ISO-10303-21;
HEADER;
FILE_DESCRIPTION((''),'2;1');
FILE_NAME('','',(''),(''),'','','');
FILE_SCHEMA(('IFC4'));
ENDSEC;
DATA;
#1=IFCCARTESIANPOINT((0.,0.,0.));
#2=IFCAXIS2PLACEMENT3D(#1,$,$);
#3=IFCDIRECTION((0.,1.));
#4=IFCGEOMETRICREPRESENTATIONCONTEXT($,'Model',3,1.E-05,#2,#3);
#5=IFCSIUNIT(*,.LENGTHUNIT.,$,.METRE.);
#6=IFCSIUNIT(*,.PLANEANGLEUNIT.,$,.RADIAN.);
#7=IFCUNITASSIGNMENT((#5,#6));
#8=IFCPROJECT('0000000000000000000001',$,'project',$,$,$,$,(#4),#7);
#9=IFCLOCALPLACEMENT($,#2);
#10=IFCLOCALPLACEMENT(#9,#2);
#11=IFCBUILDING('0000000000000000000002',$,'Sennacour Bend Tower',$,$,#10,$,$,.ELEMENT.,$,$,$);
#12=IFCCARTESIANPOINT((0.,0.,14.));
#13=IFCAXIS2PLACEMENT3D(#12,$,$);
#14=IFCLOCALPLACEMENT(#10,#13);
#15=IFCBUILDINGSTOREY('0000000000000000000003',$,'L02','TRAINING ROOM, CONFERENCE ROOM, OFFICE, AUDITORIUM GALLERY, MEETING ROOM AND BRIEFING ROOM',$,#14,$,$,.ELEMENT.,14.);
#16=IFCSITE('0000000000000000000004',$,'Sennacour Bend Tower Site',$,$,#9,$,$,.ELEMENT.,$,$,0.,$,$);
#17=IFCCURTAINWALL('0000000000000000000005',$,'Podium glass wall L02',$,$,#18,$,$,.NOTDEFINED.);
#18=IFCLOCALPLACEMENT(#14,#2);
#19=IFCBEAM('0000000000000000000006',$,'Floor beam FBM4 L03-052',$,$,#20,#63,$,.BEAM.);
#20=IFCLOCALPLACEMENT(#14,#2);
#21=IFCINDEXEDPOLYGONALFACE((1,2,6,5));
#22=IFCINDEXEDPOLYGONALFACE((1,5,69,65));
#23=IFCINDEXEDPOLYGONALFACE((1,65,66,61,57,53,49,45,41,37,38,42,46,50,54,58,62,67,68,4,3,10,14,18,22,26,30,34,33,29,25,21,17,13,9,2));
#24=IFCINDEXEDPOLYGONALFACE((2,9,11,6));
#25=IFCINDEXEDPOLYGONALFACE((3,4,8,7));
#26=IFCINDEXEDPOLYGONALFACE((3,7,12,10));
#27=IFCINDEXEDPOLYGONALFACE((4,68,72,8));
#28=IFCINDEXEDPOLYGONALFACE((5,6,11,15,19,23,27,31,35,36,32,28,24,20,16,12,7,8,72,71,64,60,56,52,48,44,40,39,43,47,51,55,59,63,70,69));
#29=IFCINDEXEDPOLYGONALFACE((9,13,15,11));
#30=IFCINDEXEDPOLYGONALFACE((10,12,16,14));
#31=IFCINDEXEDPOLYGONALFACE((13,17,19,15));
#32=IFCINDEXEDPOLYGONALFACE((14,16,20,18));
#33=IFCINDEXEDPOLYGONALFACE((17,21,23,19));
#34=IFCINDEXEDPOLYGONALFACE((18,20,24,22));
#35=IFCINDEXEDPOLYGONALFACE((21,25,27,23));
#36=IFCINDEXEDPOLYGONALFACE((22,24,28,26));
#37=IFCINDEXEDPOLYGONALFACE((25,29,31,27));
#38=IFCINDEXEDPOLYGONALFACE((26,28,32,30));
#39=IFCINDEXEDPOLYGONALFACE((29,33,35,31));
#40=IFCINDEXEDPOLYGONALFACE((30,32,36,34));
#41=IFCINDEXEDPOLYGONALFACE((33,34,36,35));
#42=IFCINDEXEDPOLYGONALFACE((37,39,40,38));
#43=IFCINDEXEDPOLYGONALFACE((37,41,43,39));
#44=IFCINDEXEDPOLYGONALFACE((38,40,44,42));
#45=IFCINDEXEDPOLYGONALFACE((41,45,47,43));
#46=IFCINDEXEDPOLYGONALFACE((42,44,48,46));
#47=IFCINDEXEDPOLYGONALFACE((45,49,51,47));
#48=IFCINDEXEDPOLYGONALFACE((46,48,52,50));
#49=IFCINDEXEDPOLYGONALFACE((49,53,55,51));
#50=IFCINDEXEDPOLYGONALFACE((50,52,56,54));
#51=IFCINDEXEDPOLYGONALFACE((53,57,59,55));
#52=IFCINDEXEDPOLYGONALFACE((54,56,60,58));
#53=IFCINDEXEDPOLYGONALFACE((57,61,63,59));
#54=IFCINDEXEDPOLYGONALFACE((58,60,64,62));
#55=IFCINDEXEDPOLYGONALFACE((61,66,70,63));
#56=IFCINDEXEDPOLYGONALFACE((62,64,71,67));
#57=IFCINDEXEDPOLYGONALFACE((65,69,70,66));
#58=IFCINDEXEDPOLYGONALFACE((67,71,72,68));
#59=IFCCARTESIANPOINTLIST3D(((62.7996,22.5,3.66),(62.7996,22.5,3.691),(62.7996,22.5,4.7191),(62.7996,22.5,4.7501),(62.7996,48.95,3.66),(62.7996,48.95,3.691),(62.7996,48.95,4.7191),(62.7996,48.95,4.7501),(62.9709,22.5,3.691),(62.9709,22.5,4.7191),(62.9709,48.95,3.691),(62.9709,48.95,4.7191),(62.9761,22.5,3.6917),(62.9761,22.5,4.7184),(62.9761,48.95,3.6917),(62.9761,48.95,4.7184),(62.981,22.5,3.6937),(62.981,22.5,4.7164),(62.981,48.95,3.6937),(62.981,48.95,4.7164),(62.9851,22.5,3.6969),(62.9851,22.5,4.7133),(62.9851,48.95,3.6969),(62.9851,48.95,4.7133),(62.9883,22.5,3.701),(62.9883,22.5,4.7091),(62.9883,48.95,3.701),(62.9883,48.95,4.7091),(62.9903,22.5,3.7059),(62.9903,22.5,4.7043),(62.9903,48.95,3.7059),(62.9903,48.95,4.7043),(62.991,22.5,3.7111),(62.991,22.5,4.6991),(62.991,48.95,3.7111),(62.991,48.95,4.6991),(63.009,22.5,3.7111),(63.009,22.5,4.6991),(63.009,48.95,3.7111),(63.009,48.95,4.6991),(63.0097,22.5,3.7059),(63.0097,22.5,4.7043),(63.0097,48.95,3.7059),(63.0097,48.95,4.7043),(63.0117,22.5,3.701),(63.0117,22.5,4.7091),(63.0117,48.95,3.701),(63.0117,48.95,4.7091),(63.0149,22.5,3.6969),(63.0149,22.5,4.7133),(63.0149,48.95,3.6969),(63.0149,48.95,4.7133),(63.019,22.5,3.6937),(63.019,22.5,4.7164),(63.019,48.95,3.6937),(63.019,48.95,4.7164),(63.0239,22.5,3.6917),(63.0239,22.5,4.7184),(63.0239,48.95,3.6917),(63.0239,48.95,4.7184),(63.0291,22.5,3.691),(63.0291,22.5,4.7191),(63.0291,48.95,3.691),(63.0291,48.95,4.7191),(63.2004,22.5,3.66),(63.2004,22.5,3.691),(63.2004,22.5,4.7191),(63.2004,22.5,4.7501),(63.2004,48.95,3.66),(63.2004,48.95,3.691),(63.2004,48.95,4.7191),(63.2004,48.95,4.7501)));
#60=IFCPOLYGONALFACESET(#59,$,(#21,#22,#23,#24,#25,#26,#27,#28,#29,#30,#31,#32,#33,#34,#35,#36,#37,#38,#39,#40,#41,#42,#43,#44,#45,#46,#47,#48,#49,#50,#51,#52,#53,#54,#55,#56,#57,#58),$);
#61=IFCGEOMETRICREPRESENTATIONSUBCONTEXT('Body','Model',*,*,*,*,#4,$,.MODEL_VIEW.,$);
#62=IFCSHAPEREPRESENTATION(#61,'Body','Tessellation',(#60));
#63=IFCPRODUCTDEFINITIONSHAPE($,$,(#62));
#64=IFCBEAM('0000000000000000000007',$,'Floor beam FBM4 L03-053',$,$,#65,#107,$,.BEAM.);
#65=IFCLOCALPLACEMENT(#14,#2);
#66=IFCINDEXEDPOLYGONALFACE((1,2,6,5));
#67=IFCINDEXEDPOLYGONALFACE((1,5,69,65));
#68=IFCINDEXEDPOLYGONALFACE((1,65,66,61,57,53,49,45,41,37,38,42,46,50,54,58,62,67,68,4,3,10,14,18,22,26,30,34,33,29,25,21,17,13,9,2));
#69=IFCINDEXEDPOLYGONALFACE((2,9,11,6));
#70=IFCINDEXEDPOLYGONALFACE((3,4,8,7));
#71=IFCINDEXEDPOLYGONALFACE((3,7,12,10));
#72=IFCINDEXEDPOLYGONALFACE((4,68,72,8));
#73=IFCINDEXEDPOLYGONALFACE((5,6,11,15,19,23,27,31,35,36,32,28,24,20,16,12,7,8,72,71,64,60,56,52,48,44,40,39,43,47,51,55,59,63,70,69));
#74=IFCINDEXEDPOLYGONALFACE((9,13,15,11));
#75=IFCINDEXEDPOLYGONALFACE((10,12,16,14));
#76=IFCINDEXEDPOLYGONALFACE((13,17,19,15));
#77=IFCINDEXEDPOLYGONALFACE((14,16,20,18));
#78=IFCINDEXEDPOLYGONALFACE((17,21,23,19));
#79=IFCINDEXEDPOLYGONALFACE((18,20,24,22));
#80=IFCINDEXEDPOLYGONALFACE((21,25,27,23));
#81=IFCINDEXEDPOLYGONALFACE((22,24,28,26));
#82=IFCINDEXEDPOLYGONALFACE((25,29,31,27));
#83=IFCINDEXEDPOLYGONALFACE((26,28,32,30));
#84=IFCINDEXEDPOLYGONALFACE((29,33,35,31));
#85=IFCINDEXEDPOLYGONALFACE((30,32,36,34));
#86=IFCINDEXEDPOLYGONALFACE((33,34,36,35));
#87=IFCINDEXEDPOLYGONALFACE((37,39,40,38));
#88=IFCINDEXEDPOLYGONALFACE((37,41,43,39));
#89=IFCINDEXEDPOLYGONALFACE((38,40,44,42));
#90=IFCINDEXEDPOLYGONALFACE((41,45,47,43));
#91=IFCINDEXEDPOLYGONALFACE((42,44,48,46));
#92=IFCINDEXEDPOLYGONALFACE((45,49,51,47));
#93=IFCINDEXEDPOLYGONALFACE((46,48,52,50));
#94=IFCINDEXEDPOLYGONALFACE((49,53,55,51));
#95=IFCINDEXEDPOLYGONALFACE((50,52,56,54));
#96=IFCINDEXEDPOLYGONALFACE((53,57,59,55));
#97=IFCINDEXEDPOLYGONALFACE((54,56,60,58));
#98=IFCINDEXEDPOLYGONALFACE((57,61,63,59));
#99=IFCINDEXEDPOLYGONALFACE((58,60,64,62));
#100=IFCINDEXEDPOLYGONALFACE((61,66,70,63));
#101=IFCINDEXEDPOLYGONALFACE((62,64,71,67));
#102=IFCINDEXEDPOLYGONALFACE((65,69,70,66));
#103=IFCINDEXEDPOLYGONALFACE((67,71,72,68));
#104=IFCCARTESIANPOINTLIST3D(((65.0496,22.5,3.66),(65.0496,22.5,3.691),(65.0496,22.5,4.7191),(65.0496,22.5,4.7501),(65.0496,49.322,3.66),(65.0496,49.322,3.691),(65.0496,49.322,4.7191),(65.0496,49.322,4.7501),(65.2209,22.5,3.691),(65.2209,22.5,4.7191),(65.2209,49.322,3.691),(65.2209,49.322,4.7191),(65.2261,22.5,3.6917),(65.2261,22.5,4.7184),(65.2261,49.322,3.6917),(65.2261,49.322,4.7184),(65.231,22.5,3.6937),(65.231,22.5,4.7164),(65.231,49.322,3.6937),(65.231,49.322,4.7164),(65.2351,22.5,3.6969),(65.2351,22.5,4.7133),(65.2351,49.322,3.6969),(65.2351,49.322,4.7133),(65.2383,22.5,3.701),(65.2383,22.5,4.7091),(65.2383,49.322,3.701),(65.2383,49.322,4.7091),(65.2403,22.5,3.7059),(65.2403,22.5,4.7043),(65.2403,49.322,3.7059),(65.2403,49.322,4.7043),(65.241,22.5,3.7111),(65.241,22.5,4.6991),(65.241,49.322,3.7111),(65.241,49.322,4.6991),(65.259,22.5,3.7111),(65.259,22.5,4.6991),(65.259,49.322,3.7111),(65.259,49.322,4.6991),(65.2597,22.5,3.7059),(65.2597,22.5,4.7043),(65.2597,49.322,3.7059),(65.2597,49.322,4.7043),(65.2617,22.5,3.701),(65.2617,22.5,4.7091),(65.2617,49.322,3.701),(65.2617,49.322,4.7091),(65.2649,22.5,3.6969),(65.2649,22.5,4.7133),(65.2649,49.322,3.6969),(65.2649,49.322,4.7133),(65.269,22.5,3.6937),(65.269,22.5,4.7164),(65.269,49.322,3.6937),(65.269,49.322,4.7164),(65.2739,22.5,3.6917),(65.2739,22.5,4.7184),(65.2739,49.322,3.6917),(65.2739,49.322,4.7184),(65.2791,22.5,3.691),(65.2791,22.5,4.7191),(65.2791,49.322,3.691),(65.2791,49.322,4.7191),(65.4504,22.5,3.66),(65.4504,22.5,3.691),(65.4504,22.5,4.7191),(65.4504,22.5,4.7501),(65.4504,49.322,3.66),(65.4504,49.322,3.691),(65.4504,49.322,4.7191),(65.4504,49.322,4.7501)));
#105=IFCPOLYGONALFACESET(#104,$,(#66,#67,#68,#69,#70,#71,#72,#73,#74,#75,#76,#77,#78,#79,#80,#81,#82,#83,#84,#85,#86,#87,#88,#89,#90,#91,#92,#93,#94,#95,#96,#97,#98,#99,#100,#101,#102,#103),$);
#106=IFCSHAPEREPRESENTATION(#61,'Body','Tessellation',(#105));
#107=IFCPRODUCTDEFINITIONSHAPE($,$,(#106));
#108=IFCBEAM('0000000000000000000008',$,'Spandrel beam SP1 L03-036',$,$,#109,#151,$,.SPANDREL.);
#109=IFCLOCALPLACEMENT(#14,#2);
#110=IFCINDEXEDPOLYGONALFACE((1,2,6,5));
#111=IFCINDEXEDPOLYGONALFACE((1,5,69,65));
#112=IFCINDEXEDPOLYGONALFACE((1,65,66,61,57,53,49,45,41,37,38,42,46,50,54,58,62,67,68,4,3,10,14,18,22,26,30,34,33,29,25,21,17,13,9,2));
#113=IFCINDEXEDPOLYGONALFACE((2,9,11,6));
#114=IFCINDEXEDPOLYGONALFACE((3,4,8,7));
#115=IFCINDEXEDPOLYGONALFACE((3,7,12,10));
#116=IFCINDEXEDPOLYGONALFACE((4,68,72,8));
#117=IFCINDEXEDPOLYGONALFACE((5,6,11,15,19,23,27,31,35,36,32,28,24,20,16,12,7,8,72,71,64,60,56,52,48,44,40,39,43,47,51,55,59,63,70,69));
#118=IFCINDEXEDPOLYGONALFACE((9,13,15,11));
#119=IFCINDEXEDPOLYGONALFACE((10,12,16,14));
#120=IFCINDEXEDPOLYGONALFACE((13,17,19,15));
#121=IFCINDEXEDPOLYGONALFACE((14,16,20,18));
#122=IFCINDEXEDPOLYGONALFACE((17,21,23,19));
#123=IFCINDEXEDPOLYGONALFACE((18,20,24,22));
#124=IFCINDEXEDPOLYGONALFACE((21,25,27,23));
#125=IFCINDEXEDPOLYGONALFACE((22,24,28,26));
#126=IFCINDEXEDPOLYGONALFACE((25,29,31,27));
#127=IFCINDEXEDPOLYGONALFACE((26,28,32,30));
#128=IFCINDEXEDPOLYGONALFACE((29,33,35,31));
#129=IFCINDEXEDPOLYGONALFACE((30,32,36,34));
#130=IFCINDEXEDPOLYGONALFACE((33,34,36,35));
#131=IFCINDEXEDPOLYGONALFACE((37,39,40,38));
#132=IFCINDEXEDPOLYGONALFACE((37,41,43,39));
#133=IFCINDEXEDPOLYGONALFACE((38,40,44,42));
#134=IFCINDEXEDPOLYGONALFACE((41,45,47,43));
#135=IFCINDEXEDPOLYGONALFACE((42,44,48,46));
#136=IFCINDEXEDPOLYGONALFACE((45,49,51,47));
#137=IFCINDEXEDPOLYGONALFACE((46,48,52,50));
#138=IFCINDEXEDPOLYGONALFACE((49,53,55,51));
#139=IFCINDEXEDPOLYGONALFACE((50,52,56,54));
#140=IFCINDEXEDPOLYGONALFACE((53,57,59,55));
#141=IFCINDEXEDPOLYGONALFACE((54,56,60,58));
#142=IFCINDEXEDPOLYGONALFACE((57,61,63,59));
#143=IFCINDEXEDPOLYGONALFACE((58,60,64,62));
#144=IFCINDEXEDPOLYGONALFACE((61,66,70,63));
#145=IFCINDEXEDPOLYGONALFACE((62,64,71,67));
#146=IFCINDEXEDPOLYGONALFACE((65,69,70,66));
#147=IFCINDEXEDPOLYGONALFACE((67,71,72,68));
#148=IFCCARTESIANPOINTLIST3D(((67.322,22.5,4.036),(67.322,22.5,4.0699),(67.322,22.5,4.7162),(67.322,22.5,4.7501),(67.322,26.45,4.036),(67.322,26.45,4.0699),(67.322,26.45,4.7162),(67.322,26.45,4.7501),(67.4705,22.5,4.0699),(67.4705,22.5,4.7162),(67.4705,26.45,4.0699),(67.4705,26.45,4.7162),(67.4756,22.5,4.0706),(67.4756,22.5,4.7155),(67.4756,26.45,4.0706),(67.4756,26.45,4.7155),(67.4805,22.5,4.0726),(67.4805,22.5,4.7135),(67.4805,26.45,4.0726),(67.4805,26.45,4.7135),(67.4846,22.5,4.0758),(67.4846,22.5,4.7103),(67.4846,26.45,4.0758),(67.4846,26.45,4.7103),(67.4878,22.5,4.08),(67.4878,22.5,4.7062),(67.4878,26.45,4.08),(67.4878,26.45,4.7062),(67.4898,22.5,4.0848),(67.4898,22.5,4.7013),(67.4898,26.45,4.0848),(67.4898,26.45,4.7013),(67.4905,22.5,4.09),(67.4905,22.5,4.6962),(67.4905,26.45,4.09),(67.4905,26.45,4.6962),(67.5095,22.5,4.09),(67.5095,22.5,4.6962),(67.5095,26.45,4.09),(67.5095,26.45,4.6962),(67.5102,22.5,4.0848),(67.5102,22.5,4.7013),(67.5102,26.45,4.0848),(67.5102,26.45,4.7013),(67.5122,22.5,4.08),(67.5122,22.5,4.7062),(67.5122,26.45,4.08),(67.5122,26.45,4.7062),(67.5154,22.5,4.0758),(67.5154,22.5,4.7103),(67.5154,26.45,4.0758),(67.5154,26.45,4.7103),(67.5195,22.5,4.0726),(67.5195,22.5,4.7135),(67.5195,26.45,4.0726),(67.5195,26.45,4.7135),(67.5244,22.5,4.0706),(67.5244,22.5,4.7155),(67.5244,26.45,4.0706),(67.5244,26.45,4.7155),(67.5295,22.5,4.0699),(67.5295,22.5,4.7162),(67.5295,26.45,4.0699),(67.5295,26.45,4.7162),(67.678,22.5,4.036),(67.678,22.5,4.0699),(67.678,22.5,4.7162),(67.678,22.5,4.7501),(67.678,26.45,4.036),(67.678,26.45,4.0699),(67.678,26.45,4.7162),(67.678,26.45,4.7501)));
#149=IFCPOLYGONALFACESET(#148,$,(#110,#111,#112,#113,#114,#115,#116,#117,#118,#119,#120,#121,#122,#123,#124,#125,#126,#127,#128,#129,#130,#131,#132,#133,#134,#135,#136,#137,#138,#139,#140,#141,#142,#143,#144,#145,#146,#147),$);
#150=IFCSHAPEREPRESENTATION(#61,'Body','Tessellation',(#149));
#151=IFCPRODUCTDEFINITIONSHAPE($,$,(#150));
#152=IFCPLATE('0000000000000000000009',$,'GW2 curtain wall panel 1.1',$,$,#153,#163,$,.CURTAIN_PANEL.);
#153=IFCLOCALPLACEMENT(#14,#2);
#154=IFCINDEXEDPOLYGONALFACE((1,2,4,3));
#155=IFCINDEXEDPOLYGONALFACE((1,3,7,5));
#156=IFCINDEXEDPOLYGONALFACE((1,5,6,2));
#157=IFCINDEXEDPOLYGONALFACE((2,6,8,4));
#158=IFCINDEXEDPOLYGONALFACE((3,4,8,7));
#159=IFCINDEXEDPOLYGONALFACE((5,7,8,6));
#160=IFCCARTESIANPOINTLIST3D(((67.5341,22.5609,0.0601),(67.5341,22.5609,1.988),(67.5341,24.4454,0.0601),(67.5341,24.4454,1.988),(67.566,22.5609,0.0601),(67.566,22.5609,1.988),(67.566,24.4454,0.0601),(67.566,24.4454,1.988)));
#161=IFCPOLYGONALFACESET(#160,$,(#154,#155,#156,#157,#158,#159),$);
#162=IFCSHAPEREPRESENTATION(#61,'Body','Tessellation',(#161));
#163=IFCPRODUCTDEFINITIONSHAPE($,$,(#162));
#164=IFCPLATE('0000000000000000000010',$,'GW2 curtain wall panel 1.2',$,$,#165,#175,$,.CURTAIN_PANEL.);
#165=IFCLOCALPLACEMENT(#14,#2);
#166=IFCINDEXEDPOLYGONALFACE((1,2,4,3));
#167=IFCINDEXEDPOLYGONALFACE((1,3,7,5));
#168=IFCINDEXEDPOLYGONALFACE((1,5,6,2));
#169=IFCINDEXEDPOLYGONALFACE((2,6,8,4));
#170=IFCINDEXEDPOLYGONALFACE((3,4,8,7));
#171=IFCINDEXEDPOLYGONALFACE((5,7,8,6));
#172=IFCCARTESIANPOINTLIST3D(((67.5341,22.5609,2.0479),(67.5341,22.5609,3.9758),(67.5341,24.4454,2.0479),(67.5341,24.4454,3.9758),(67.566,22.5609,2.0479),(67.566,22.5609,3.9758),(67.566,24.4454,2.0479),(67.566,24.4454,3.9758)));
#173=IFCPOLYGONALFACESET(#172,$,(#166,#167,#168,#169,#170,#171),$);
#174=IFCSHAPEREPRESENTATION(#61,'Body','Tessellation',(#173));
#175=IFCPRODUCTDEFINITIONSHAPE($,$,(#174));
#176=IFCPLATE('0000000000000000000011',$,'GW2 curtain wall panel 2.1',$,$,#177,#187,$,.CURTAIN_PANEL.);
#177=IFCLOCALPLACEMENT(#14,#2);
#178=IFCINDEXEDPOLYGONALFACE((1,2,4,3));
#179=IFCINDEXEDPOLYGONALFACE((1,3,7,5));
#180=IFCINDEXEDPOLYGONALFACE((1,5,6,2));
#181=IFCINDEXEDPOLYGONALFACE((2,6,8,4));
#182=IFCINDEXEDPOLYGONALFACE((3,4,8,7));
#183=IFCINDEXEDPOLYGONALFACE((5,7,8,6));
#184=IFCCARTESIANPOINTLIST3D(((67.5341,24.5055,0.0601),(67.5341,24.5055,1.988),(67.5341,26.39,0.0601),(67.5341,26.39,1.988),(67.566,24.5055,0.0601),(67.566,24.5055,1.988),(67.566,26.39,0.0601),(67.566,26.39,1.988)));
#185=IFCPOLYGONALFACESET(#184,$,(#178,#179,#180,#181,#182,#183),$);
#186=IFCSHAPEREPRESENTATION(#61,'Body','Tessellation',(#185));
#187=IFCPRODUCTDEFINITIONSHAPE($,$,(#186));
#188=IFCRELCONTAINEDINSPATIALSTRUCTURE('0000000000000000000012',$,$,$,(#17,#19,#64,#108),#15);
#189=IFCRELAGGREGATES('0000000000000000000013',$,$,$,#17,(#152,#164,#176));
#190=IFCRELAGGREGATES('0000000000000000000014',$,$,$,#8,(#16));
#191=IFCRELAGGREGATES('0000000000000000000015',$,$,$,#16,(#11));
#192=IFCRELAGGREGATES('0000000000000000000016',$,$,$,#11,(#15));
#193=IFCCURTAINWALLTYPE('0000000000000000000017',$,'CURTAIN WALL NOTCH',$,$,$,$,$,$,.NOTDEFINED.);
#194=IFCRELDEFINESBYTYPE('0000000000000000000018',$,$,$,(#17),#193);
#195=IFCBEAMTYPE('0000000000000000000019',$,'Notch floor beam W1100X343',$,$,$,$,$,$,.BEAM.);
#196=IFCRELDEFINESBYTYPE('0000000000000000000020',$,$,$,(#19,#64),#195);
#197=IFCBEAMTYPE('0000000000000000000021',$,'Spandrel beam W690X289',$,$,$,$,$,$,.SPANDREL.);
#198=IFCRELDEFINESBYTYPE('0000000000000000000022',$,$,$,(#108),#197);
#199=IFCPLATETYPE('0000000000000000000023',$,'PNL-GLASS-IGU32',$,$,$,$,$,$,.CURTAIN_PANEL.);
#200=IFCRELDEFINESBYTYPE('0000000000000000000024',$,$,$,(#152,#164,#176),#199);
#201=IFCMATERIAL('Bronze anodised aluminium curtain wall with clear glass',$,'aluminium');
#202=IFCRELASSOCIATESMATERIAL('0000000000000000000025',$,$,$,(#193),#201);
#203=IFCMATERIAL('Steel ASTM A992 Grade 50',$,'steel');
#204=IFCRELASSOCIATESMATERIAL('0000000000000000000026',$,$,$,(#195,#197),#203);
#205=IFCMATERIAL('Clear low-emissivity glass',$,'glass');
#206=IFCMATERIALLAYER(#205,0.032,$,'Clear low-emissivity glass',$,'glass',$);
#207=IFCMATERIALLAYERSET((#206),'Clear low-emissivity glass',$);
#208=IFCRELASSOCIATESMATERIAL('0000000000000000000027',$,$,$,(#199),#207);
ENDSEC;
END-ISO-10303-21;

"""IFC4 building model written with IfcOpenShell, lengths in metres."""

from ifc_helpers import new_model, si_unit, direction, frame, origin, origin_2d, place, context, subcontext, project, spatial, rectangle, i_section, extrude, material, layer, layer_set, material_profile, profile_set, type_object, element, aggregate, save


model = new_model("IFC4")

# Units and contexts
model_context = context("Model", 3, precision=1e-05, world=origin(), true_north=direction((0.0, 1.0)))
body_context = subcontext(model_context, "Body", "Model", "MODEL_VIEW")
ifc_project = project(units=[si_unit("LENGTHUNIT", "METRE"), si_unit("PLANEANGLEUNIT", "RADIAN")], contexts=[model_context])

# Site, building, storey
site_placement = place(None, origin())
site = spatial("IfcSite", under=ifc_project, at=site_placement, Name="Sennacour Bend Tower Site", CompositionType="ELEMENT", RefElevation=0.0)
building_placement = place(site_placement, origin())
building = spatial("IfcBuilding", under=site, at=building_placement, Name="Sennacour Bend Tower", CompositionType="ELEMENT")
storey_placement = place(building_placement, frame((0.0, 0.0, 14.0)))
storey = spatial("IfcBuildingStorey", under=building, at=storey_placement, Name="L02", Description="TRAINING ROOM, CONFERENCE ROOM, OFFICE, AUDITORIUM GALLERY, MEETING ROOM AND BRIEFING ROOM", CompositionType="ELEMENT", Elevation=14.0)

# Curtain wall
ifc_material_1 = material(Name="Bronze anodised aluminium curtain wall with clear glass", Category="aluminium")
curtain_wall_type = type_object("IfcCurtainWallType", Name="CURTAIN WALL NOTCH", PredefinedType="NOTDEFINED", material=ifc_material_1)
curtain_wall_placement = place(storey_placement, origin())
curtain_wall = element("IfcCurtainWall", 1, at=curtain_wall_placement, inside=storey, type_object=curtain_wall_type, Name="Podium glass wall L02", PredefinedType="NOTDEFINED")

# Beams
ifc_material_2 = material(Name="Steel ASTM A992 Grade 50", Category="steel")
ifc_material_profile_1 = material_profile(ifc_material_2, i_section(OverallWidth=0.4009, OverallDepth=1.0901, WebThickness=0.0181, FlangeThickness=0.031, FilletRadius=0.02, at=origin_2d()), Name="Steel ASTM A992 Grade 50", Category="steel")
ifc_profile_set_1 = profile_set([ifc_material_profile_1], Name="Steel ASTM A992 Grade 50")
beam_type_1 = type_object("IfcBeamType", Name="Notch floor beam W1100X343", PredefinedType="BEAM", material=ifc_profile_set_1)
beam_1_placement = place(storey_placement, frame((63.0, 22.5, 4.2051), z_axis=(0.0, 1.0, 0.0), x_axis=(-1.0, 0.0, 0.0)))
element("IfcBeam", 2, at=beam_1_placement, inside=storey, type_object=beam_type_1, Name="Floor beam FBM4 L03-052", PredefinedType="BEAM", context=body_context, shape_type="SweptSolid", body=[
    extrude(i_section(OverallWidth=0.4009, OverallDepth=1.0901, WebThickness=0.0181, FlangeThickness=0.031, FilletRadius=0.02, at=origin_2d()), origin(), (0.0, 0.0, 1.0), 26.45),
])
beam_2_placement = place(storey_placement, frame((65.25, 22.5, 4.2051), z_axis=(0.0, 1.0, 0.0), x_axis=(-1.0, 0.0, 0.0)))
element("IfcBeam", 3, at=beam_2_placement, inside=storey, type_object=beam_type_1, Name="Floor beam FBM4 L03-053", PredefinedType="BEAM", context=body_context, shape_type="SweptSolid", body=[
    extrude(i_section(OverallWidth=0.4009, OverallDepth=1.0901, WebThickness=0.0181, FlangeThickness=0.031, FilletRadius=0.02, at=origin_2d()), origin(), (0.0, 0.0, 1.0), 26.822),
])
ifc_material_profile_2 = material_profile(ifc_material_2, i_section(OverallWidth=0.356, OverallDepth=0.7141, WebThickness=0.019, FlangeThickness=0.0339, FilletRadius=0.02, at=origin_2d()), Name="Steel ASTM A992 Grade 50", Category="steel")
ifc_profile_set_2 = profile_set([ifc_material_profile_2], Name="Steel ASTM A992 Grade 50")
beam_type_2 = type_object("IfcBeamType", Name="Spandrel beam W690X289", PredefinedType="SPANDREL", material=ifc_profile_set_2)
beam_3_placement = place(storey_placement, frame((67.5, 22.5, 4.3931), z_axis=(0.0, 1.0, 0.0), x_axis=(-1.0, 0.0, 0.0)))
element("IfcBeam", 4, at=beam_3_placement, inside=storey, type_object=beam_type_2, Name="Spandrel beam SP1 L03-036", PredefinedType="SPANDREL", context=body_context, shape_type="SweptSolid", body=[
    extrude(i_section(OverallWidth=0.356, OverallDepth=0.7141, WebThickness=0.019, FlangeThickness=0.0339, FilletRadius=0.02, at=origin_2d()), origin(), (0.0, 0.0, 1.0), 3.95),
])

# Plates
ifc_material_3 = material(Name="Clear low-emissivity glass", Category="glass")
ifc_layer_1 = layer(ifc_material_3, 0.032, Name="Clear low-emissivity glass", Category="glass")
ifc_layer_set_1 = layer_set([ifc_layer_1], Name="Clear low-emissivity glass")
plate_type = type_object("IfcPlateType", Name="PNL-GLASS-IGU32", PredefinedType="CURTAIN_PANEL", material=ifc_layer_set_1)
plate_1_placement = place(storey_placement, frame((67.55, 23.5032, 0.0601), z_axis=(0.0, 0.0, 1.0), x_axis=(0.0, 1.0, 0.0)))
plate_1 = element("IfcPlate", 5, at=plate_1_placement, type_object=plate_type, Name="GW2 curtain wall panel 1.1", PredefinedType="CURTAIN_PANEL", context=body_context, shape_type="SweptSolid", body=[
    extrude(rectangle(XDim=1.8845, YDim=0.032, at=origin_2d()), origin(), (0.0, 0.0, 1.0), 1.928),
])
plate_2_placement = place(storey_placement, frame((67.55, 23.5032, 2.0479), z_axis=(0.0, 0.0, 1.0), x_axis=(0.0, 1.0, 0.0)))
plate_2 = element("IfcPlate", 6, at=plate_2_placement, type_object=plate_type, Name="GW2 curtain wall panel 1.2", PredefinedType="CURTAIN_PANEL", context=body_context, shape_type="SweptSolid", body=[
    extrude(rectangle(XDim=1.8845, YDim=0.032, at=origin_2d()), origin(), (0.0, 0.0, 1.0), 1.928),
])
plate_3_placement = place(storey_placement, frame((67.55, 25.4478, 0.0601), z_axis=(0.0, 0.0, 1.0), x_axis=(0.0, 1.0, 0.0)))
plate_3 = element("IfcPlate", 7, at=plate_3_placement, type_object=plate_type, Name="GW2 curtain wall panel 2.1", PredefinedType="CURTAIN_PANEL", context=body_context, shape_type="SweptSolid", body=[
    extrude(rectangle(XDim=1.8845, YDim=0.032, at=origin_2d()), origin(), (0.0, 0.0, 1.0), 1.928),
])
aggregate(curtain_wall, [plate_1, plate_2, plate_3])

save(model, "model.ifc")
